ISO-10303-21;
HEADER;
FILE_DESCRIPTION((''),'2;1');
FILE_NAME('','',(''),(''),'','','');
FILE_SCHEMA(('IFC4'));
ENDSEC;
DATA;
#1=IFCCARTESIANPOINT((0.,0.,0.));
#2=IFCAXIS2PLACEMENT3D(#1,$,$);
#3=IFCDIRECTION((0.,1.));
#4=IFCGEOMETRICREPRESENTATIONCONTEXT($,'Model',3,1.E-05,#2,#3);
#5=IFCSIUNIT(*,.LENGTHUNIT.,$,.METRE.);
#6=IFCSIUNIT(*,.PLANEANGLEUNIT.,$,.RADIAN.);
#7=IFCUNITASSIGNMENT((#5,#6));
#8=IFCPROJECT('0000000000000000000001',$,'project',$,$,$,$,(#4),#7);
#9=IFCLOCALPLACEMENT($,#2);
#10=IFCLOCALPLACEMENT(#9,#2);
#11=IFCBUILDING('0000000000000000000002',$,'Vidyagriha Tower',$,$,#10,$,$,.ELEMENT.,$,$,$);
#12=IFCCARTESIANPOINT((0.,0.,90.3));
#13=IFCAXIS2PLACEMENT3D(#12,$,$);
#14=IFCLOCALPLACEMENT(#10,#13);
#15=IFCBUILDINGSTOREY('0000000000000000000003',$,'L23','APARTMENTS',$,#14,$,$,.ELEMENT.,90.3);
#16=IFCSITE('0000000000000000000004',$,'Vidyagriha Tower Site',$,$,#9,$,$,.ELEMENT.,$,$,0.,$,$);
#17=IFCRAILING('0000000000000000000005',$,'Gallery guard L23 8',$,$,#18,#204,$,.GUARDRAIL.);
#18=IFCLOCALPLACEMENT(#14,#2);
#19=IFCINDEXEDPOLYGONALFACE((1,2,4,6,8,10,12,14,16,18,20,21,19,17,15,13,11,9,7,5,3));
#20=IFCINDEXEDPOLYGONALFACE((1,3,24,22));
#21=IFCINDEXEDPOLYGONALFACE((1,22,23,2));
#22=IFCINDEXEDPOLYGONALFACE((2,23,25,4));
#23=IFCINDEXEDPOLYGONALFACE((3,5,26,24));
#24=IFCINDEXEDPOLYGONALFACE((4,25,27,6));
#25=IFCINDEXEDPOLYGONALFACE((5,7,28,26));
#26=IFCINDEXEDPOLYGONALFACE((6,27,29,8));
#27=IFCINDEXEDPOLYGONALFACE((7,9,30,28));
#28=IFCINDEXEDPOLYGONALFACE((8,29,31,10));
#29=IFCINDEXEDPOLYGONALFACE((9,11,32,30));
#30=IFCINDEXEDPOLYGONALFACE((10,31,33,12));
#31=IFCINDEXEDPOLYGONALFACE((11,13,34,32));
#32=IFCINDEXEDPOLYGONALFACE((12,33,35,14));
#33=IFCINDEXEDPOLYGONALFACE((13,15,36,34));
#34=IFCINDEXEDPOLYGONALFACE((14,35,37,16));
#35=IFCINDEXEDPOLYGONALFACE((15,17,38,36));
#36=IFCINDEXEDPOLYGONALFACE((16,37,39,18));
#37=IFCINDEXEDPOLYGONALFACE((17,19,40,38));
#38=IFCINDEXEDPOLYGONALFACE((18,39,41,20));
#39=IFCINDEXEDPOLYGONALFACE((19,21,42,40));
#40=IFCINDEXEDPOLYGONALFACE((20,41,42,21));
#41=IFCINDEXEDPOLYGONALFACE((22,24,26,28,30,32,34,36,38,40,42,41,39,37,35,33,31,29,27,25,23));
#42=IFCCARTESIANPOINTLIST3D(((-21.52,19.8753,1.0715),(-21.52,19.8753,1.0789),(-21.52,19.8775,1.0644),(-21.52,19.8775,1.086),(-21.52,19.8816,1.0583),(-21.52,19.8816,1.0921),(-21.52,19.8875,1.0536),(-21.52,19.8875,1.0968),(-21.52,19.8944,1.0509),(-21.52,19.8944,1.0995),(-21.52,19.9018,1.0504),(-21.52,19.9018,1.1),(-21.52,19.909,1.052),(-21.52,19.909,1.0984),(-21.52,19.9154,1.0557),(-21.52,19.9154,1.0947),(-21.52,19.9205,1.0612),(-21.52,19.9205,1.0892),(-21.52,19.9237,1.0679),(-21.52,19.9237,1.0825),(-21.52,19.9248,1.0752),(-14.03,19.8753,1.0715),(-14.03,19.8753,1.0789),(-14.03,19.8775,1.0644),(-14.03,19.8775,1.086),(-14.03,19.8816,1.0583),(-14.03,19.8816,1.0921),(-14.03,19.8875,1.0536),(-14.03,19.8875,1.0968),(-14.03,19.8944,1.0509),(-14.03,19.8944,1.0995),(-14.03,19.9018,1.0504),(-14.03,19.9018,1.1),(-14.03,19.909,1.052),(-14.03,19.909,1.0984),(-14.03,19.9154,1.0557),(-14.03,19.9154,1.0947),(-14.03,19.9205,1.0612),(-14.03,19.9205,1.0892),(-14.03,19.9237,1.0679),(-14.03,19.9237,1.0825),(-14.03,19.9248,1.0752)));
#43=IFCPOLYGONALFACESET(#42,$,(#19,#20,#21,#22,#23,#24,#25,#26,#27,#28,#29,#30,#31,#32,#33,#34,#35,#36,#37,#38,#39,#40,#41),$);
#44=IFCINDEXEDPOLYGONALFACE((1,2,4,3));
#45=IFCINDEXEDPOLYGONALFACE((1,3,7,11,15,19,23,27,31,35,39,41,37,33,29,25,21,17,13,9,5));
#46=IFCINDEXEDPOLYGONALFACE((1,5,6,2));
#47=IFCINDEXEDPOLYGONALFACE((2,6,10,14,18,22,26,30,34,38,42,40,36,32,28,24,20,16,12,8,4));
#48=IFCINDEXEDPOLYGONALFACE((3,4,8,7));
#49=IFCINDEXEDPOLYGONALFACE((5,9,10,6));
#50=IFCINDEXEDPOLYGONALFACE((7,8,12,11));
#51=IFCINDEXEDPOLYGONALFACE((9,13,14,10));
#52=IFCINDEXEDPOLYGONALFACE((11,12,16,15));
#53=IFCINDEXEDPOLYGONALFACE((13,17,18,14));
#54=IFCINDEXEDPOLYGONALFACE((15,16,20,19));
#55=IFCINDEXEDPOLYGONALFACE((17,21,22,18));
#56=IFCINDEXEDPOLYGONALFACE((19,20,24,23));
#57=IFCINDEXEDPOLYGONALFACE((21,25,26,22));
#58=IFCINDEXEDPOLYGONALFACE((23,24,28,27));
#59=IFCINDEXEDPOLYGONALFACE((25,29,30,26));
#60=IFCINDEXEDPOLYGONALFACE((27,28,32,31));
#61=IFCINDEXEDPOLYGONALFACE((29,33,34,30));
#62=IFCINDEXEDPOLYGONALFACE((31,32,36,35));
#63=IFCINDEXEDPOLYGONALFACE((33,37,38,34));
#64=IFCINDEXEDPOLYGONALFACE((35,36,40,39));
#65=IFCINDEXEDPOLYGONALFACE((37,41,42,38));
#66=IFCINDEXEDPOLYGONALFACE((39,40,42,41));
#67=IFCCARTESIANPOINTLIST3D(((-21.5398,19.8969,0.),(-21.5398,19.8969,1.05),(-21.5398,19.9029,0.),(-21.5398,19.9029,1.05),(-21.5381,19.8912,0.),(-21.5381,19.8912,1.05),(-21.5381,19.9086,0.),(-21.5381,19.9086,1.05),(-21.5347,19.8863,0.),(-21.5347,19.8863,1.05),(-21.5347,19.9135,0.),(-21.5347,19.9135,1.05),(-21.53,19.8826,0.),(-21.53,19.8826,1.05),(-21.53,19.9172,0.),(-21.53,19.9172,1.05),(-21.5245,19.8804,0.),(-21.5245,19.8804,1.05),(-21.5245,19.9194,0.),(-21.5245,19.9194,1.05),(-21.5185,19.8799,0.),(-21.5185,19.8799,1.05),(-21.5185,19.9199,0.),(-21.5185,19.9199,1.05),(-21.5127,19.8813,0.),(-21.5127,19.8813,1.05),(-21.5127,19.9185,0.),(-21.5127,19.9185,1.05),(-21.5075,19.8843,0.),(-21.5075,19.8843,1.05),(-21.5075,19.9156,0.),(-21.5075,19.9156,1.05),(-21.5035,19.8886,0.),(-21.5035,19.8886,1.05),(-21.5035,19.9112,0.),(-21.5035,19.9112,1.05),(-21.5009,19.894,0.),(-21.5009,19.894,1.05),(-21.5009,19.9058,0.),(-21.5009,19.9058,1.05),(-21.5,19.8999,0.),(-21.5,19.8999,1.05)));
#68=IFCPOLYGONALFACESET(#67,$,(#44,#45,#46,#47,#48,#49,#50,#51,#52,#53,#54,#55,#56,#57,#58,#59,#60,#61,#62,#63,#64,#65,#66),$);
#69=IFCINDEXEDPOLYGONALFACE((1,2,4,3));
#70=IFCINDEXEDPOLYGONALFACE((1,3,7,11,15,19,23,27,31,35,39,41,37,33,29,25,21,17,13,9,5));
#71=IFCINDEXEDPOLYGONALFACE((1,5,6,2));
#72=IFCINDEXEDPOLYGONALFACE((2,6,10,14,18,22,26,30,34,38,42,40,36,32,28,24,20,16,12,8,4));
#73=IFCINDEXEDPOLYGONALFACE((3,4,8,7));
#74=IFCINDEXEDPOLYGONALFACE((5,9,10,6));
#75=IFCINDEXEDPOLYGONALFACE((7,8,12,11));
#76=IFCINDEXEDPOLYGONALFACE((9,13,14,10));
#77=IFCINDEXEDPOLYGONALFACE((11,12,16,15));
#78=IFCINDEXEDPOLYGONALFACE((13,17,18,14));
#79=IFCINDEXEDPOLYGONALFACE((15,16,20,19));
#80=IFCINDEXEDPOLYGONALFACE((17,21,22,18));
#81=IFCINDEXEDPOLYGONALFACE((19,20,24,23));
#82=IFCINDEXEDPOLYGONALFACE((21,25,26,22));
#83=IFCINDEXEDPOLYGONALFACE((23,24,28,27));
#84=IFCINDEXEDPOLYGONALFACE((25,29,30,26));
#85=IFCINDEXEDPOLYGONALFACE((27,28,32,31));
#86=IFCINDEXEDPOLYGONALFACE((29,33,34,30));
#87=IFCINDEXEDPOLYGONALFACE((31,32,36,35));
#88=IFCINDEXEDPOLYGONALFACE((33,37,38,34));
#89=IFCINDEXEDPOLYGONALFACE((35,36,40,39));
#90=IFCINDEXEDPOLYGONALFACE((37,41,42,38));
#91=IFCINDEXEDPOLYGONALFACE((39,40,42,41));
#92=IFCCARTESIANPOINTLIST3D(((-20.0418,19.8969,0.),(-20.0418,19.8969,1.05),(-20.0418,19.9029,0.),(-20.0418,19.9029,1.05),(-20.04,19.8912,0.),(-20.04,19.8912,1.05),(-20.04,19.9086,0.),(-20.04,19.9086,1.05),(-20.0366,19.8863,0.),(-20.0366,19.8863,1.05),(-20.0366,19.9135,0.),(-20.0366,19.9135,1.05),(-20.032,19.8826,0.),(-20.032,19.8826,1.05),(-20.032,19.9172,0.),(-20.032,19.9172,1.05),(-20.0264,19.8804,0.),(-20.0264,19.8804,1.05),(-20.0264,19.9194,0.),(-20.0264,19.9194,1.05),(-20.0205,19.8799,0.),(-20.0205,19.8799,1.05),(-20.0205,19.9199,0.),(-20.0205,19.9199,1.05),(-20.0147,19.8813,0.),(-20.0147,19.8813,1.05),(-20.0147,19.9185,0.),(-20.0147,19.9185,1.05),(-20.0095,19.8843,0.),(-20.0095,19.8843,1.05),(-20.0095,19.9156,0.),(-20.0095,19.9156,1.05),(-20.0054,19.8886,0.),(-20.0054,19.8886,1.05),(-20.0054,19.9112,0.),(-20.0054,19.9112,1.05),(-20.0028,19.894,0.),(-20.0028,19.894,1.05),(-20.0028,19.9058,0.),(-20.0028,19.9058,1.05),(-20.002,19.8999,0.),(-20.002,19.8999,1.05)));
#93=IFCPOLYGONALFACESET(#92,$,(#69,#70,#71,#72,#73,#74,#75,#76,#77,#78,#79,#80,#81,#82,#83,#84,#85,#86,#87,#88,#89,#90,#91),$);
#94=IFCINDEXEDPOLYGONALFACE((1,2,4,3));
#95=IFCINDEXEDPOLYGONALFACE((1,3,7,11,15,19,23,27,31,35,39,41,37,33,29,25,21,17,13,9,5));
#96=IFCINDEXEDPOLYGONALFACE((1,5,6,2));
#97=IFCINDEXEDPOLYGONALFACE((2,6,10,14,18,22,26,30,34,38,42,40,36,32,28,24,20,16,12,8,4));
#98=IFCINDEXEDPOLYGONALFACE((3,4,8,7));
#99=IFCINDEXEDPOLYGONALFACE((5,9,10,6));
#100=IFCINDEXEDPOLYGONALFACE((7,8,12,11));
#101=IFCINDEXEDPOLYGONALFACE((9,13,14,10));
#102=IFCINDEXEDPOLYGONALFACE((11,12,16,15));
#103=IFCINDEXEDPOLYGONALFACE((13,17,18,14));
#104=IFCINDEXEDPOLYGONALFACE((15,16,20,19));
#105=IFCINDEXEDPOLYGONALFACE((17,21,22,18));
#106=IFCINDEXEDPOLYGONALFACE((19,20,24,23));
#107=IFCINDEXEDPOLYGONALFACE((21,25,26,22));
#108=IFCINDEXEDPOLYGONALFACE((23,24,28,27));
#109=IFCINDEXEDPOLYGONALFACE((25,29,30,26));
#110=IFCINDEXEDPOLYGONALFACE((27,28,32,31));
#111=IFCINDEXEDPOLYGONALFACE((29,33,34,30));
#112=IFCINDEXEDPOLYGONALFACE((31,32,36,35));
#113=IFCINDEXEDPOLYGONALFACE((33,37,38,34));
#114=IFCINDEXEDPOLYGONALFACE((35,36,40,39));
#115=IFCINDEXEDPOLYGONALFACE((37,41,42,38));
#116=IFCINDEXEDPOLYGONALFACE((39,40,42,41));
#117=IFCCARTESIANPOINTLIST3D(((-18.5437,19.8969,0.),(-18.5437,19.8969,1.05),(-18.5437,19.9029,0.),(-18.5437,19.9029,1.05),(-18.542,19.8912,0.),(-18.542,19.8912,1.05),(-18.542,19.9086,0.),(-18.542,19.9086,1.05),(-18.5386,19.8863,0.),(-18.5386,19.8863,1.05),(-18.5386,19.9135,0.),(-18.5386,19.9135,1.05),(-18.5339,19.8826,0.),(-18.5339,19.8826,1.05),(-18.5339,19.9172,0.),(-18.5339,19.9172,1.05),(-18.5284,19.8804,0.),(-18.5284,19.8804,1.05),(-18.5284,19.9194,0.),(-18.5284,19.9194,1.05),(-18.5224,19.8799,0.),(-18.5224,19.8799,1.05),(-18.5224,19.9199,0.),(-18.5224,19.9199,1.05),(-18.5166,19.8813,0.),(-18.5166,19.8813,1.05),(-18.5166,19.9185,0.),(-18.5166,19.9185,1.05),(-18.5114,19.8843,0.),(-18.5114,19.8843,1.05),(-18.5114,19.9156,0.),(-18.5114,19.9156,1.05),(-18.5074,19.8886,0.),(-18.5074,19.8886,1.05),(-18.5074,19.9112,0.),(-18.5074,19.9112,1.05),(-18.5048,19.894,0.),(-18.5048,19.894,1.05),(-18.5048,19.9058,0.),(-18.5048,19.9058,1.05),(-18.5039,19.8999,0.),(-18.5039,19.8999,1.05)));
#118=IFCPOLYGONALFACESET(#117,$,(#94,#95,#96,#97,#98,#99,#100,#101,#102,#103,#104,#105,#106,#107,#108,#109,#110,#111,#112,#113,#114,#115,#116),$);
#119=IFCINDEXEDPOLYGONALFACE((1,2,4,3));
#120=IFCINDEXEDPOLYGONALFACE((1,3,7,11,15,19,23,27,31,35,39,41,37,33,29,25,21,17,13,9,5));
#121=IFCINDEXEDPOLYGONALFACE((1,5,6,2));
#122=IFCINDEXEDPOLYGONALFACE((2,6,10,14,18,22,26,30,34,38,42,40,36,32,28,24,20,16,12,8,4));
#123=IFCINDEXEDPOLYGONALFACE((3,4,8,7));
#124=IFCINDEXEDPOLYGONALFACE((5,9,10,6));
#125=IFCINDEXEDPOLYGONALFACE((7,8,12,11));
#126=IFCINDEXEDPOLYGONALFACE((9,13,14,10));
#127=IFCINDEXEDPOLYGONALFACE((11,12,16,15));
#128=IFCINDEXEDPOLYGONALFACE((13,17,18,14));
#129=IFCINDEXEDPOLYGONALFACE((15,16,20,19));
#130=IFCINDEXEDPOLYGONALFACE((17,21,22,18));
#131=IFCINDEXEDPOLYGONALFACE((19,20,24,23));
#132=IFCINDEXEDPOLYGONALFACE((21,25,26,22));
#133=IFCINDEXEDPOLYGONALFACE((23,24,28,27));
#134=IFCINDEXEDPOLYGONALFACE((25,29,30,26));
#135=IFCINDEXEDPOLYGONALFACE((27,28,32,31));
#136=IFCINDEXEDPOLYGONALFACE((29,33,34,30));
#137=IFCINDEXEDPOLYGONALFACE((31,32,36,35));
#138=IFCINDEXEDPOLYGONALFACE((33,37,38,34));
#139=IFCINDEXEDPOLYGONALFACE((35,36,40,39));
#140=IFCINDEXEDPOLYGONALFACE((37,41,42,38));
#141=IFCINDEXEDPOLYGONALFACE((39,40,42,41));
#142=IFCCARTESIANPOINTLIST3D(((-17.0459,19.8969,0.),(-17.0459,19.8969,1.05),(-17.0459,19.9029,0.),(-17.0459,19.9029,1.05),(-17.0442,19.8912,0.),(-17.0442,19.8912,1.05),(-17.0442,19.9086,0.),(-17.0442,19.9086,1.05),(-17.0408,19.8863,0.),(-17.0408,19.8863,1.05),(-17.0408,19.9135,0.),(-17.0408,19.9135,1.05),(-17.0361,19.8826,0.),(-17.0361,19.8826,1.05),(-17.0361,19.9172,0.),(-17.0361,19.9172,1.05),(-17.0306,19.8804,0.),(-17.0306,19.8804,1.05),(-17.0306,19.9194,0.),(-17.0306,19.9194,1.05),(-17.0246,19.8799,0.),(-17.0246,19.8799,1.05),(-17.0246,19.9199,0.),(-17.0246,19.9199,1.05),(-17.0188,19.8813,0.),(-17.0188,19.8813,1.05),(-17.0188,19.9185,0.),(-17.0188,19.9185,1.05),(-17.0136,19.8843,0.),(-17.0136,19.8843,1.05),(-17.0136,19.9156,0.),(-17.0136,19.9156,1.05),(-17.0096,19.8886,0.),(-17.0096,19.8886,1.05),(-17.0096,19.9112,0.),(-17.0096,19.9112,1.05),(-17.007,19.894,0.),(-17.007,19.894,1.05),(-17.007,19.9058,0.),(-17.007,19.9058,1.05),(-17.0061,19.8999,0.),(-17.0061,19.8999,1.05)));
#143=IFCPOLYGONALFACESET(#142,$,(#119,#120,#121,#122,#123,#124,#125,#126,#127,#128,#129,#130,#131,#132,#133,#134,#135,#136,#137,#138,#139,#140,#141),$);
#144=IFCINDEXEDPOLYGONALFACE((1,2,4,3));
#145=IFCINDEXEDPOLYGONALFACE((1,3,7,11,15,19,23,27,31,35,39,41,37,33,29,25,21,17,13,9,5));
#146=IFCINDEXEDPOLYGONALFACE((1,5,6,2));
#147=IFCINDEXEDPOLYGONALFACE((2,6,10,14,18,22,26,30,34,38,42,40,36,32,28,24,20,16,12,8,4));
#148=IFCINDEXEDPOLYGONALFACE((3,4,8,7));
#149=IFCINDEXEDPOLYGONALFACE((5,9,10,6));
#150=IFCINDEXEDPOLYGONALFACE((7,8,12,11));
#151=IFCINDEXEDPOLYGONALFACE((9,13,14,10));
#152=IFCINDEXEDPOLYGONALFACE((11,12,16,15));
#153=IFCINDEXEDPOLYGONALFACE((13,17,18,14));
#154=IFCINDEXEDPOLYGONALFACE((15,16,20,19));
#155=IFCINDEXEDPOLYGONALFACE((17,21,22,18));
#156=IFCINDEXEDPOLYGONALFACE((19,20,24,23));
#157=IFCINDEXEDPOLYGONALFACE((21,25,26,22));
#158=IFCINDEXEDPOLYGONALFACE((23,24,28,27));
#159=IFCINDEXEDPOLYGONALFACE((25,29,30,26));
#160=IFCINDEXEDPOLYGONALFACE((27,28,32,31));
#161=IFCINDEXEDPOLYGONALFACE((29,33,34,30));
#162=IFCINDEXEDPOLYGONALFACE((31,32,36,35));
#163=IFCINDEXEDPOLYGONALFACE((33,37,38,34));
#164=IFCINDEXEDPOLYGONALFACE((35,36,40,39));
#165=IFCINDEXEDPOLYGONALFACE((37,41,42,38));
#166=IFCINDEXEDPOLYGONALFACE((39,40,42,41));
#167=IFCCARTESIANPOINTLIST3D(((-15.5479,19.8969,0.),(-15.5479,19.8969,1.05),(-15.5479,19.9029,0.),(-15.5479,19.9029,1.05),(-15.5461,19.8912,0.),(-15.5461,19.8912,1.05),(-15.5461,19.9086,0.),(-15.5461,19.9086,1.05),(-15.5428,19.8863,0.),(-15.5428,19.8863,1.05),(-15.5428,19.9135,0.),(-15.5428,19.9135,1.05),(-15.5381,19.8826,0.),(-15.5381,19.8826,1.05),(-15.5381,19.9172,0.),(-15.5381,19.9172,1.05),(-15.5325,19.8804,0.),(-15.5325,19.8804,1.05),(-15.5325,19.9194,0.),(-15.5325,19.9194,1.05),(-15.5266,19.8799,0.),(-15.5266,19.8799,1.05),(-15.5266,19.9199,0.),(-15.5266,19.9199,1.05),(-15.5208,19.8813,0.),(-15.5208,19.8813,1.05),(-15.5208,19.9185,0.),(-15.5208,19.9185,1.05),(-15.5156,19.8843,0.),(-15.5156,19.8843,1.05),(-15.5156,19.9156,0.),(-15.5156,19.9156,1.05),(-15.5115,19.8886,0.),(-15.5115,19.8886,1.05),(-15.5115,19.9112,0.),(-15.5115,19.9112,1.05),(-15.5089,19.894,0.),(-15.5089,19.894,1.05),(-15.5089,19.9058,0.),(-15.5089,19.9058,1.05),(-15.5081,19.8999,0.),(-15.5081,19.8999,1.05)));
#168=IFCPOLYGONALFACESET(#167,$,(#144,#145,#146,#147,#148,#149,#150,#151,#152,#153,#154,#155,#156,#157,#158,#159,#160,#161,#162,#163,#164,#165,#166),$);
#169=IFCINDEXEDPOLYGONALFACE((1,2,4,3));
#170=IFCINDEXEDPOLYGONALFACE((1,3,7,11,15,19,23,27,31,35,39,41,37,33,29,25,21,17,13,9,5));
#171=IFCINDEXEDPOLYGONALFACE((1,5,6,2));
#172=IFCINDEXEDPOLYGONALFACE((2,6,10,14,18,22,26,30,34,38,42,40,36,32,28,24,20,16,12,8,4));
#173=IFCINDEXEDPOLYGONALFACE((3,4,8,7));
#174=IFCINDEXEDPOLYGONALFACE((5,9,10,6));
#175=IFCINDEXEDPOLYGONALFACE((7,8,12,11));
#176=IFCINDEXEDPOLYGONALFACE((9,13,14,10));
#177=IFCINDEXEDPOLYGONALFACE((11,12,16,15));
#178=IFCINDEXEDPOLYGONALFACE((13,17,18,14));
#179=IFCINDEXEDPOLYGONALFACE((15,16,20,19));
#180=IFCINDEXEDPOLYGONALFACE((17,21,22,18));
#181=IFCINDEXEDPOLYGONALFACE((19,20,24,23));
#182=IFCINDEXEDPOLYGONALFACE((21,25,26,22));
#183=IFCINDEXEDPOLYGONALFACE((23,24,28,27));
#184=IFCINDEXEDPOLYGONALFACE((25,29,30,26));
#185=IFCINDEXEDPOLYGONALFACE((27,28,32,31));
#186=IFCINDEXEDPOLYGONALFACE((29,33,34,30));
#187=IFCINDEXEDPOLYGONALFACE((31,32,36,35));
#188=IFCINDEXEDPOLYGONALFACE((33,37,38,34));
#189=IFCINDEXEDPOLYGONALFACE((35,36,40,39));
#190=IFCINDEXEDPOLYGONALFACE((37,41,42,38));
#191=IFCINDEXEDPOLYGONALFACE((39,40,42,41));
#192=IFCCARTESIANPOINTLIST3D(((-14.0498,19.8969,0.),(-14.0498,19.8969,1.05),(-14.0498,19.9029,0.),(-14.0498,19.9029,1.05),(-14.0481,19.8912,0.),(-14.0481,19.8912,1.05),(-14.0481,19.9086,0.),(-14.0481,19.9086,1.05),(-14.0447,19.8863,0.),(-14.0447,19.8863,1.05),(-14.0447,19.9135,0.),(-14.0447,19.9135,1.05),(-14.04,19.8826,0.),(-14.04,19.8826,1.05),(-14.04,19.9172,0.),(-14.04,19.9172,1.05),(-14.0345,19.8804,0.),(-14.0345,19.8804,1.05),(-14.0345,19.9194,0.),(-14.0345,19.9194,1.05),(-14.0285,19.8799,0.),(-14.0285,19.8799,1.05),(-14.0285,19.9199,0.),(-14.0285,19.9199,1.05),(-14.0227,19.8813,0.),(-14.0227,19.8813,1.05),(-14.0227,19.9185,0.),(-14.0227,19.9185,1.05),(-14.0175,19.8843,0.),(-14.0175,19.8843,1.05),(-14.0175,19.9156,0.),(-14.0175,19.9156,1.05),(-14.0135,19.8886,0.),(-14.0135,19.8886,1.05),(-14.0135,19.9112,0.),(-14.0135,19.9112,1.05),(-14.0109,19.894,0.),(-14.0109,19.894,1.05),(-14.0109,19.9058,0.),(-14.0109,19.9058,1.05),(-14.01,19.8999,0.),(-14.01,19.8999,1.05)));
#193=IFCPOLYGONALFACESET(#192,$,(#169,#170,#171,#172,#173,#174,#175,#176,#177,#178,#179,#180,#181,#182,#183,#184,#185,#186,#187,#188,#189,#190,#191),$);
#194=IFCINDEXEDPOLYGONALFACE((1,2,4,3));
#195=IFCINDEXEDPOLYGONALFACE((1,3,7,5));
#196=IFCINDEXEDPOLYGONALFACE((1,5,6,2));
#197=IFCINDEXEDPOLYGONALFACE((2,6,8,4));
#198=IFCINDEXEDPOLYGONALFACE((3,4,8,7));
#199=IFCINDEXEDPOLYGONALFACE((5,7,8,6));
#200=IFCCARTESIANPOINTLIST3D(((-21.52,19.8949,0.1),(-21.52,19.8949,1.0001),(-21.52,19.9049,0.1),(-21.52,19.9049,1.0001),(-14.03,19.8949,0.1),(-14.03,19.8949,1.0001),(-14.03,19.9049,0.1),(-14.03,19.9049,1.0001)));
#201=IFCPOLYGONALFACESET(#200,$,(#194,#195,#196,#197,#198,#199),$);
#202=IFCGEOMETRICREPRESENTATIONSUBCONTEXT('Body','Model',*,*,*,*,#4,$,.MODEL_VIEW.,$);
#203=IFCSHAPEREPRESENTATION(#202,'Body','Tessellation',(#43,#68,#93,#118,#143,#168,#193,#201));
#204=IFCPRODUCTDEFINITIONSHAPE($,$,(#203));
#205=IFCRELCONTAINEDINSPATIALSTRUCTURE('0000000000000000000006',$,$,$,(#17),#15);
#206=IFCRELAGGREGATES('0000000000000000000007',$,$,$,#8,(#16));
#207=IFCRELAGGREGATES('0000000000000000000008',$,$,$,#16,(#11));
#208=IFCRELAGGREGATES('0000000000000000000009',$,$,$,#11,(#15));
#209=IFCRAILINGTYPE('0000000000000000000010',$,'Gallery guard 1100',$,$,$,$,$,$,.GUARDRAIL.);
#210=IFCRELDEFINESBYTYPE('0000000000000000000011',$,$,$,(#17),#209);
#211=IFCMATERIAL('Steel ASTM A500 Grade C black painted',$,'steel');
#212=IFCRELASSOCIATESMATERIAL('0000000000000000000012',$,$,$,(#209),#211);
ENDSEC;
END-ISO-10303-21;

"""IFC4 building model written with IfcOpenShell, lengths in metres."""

from ifc_helpers import new_model, si_unit, direction, frame, origin, origin_2d, place, context, subcontext, project, spatial, rectangle, circle, extrude, material, type_object, element, save


model = new_model("IFC4")

# Units and contexts
model_context = context("Model", 3, precision=1e-05, world=origin(), true_north=direction((0.0, 1.0)))
body_context = subcontext(model_context, "Body", "Model", "MODEL_VIEW")
ifc_project = project(units=[si_unit("LENGTHUNIT", "METRE"), si_unit("PLANEANGLEUNIT", "RADIAN")], contexts=[model_context])

# Site, building, storey
site_placement = place(None, origin())
site = spatial("IfcSite", under=ifc_project, at=site_placement, Name="Vidyagriha Tower Site", CompositionType="ELEMENT", RefElevation=0.0)
building_placement = place(site_placement, origin())
building = spatial("IfcBuilding", under=site, at=building_placement, Name="Vidyagriha Tower", CompositionType="ELEMENT")
storey_placement = place(building_placement, frame((0.0, 0.0, 90.3)))
storey = spatial("IfcBuildingStorey", under=building, at=storey_placement, Name="L23", Description="APARTMENTS", CompositionType="ELEMENT", Elevation=90.3)

# Railing
ifc_material_1 = material(Name="Steel ASTM A500 Grade C black painted", Category="steel")
railing_type = type_object("IfcRailingType", Name="Gallery guard 1100", PredefinedType="GUARDRAIL", material=ifc_material_1)
railing_1_placement = place(storey_placement, frame((-21.52, 19.8999, 0.0)))
element("IfcRailing", 1, at=railing_1_placement, inside=storey, type_object=railing_type, Name="Gallery guard L23 8", PredefinedType="GUARDRAIL", context=body_context, shape_type="SweptSolid", body=[
    extrude(circle(Radius=0.0249, at=origin_2d()), frame((0.0, 0.0, 1.0752), z_axis=(1.0, 0.0, 0.0), x_axis=(0.0, 1.0, 0.0)), (0.0, 0.0, 1.0), 7.49),
    extrude(circle(Radius=0.02, at=origin_2d()), origin(), (0.0, 0.0, 1.0), 1.05),
    extrude(circle(Radius=0.02, at=origin_2d()), frame((1.498, 0.0, 0.0)), (0.0, 0.0, 1.0), 1.05),
    extrude(circle(Radius=0.02, at=origin_2d()), frame((2.9961, 0.0, 0.0)), (0.0, 0.0, 1.0), 1.05),
    extrude(circle(Radius=0.02, at=origin_2d()), frame((4.4939, 0.0, 0.0)), (0.0, 0.0, 1.0), 1.05),
    extrude(circle(Radius=0.02, at=origin_2d()), frame((5.9919, 0.0, 0.0)), (0.0, 0.0, 1.0), 1.05),
    extrude(circle(Radius=0.02, at=origin_2d()), frame((7.49, 0.0, 0.0)), (0.0, 0.0, 1.0), 1.05),
    extrude(rectangle(XDim=0.01, YDim=0.9001, at=origin_2d()), frame((0.0, 0.0, 0.55), z_axis=(1.0, 0.0, 0.0), x_axis=(0.0, 1.0, 0.0)), (0.0, 0.0, 1.0), 7.49),
])

save(model, "model.ifc")
